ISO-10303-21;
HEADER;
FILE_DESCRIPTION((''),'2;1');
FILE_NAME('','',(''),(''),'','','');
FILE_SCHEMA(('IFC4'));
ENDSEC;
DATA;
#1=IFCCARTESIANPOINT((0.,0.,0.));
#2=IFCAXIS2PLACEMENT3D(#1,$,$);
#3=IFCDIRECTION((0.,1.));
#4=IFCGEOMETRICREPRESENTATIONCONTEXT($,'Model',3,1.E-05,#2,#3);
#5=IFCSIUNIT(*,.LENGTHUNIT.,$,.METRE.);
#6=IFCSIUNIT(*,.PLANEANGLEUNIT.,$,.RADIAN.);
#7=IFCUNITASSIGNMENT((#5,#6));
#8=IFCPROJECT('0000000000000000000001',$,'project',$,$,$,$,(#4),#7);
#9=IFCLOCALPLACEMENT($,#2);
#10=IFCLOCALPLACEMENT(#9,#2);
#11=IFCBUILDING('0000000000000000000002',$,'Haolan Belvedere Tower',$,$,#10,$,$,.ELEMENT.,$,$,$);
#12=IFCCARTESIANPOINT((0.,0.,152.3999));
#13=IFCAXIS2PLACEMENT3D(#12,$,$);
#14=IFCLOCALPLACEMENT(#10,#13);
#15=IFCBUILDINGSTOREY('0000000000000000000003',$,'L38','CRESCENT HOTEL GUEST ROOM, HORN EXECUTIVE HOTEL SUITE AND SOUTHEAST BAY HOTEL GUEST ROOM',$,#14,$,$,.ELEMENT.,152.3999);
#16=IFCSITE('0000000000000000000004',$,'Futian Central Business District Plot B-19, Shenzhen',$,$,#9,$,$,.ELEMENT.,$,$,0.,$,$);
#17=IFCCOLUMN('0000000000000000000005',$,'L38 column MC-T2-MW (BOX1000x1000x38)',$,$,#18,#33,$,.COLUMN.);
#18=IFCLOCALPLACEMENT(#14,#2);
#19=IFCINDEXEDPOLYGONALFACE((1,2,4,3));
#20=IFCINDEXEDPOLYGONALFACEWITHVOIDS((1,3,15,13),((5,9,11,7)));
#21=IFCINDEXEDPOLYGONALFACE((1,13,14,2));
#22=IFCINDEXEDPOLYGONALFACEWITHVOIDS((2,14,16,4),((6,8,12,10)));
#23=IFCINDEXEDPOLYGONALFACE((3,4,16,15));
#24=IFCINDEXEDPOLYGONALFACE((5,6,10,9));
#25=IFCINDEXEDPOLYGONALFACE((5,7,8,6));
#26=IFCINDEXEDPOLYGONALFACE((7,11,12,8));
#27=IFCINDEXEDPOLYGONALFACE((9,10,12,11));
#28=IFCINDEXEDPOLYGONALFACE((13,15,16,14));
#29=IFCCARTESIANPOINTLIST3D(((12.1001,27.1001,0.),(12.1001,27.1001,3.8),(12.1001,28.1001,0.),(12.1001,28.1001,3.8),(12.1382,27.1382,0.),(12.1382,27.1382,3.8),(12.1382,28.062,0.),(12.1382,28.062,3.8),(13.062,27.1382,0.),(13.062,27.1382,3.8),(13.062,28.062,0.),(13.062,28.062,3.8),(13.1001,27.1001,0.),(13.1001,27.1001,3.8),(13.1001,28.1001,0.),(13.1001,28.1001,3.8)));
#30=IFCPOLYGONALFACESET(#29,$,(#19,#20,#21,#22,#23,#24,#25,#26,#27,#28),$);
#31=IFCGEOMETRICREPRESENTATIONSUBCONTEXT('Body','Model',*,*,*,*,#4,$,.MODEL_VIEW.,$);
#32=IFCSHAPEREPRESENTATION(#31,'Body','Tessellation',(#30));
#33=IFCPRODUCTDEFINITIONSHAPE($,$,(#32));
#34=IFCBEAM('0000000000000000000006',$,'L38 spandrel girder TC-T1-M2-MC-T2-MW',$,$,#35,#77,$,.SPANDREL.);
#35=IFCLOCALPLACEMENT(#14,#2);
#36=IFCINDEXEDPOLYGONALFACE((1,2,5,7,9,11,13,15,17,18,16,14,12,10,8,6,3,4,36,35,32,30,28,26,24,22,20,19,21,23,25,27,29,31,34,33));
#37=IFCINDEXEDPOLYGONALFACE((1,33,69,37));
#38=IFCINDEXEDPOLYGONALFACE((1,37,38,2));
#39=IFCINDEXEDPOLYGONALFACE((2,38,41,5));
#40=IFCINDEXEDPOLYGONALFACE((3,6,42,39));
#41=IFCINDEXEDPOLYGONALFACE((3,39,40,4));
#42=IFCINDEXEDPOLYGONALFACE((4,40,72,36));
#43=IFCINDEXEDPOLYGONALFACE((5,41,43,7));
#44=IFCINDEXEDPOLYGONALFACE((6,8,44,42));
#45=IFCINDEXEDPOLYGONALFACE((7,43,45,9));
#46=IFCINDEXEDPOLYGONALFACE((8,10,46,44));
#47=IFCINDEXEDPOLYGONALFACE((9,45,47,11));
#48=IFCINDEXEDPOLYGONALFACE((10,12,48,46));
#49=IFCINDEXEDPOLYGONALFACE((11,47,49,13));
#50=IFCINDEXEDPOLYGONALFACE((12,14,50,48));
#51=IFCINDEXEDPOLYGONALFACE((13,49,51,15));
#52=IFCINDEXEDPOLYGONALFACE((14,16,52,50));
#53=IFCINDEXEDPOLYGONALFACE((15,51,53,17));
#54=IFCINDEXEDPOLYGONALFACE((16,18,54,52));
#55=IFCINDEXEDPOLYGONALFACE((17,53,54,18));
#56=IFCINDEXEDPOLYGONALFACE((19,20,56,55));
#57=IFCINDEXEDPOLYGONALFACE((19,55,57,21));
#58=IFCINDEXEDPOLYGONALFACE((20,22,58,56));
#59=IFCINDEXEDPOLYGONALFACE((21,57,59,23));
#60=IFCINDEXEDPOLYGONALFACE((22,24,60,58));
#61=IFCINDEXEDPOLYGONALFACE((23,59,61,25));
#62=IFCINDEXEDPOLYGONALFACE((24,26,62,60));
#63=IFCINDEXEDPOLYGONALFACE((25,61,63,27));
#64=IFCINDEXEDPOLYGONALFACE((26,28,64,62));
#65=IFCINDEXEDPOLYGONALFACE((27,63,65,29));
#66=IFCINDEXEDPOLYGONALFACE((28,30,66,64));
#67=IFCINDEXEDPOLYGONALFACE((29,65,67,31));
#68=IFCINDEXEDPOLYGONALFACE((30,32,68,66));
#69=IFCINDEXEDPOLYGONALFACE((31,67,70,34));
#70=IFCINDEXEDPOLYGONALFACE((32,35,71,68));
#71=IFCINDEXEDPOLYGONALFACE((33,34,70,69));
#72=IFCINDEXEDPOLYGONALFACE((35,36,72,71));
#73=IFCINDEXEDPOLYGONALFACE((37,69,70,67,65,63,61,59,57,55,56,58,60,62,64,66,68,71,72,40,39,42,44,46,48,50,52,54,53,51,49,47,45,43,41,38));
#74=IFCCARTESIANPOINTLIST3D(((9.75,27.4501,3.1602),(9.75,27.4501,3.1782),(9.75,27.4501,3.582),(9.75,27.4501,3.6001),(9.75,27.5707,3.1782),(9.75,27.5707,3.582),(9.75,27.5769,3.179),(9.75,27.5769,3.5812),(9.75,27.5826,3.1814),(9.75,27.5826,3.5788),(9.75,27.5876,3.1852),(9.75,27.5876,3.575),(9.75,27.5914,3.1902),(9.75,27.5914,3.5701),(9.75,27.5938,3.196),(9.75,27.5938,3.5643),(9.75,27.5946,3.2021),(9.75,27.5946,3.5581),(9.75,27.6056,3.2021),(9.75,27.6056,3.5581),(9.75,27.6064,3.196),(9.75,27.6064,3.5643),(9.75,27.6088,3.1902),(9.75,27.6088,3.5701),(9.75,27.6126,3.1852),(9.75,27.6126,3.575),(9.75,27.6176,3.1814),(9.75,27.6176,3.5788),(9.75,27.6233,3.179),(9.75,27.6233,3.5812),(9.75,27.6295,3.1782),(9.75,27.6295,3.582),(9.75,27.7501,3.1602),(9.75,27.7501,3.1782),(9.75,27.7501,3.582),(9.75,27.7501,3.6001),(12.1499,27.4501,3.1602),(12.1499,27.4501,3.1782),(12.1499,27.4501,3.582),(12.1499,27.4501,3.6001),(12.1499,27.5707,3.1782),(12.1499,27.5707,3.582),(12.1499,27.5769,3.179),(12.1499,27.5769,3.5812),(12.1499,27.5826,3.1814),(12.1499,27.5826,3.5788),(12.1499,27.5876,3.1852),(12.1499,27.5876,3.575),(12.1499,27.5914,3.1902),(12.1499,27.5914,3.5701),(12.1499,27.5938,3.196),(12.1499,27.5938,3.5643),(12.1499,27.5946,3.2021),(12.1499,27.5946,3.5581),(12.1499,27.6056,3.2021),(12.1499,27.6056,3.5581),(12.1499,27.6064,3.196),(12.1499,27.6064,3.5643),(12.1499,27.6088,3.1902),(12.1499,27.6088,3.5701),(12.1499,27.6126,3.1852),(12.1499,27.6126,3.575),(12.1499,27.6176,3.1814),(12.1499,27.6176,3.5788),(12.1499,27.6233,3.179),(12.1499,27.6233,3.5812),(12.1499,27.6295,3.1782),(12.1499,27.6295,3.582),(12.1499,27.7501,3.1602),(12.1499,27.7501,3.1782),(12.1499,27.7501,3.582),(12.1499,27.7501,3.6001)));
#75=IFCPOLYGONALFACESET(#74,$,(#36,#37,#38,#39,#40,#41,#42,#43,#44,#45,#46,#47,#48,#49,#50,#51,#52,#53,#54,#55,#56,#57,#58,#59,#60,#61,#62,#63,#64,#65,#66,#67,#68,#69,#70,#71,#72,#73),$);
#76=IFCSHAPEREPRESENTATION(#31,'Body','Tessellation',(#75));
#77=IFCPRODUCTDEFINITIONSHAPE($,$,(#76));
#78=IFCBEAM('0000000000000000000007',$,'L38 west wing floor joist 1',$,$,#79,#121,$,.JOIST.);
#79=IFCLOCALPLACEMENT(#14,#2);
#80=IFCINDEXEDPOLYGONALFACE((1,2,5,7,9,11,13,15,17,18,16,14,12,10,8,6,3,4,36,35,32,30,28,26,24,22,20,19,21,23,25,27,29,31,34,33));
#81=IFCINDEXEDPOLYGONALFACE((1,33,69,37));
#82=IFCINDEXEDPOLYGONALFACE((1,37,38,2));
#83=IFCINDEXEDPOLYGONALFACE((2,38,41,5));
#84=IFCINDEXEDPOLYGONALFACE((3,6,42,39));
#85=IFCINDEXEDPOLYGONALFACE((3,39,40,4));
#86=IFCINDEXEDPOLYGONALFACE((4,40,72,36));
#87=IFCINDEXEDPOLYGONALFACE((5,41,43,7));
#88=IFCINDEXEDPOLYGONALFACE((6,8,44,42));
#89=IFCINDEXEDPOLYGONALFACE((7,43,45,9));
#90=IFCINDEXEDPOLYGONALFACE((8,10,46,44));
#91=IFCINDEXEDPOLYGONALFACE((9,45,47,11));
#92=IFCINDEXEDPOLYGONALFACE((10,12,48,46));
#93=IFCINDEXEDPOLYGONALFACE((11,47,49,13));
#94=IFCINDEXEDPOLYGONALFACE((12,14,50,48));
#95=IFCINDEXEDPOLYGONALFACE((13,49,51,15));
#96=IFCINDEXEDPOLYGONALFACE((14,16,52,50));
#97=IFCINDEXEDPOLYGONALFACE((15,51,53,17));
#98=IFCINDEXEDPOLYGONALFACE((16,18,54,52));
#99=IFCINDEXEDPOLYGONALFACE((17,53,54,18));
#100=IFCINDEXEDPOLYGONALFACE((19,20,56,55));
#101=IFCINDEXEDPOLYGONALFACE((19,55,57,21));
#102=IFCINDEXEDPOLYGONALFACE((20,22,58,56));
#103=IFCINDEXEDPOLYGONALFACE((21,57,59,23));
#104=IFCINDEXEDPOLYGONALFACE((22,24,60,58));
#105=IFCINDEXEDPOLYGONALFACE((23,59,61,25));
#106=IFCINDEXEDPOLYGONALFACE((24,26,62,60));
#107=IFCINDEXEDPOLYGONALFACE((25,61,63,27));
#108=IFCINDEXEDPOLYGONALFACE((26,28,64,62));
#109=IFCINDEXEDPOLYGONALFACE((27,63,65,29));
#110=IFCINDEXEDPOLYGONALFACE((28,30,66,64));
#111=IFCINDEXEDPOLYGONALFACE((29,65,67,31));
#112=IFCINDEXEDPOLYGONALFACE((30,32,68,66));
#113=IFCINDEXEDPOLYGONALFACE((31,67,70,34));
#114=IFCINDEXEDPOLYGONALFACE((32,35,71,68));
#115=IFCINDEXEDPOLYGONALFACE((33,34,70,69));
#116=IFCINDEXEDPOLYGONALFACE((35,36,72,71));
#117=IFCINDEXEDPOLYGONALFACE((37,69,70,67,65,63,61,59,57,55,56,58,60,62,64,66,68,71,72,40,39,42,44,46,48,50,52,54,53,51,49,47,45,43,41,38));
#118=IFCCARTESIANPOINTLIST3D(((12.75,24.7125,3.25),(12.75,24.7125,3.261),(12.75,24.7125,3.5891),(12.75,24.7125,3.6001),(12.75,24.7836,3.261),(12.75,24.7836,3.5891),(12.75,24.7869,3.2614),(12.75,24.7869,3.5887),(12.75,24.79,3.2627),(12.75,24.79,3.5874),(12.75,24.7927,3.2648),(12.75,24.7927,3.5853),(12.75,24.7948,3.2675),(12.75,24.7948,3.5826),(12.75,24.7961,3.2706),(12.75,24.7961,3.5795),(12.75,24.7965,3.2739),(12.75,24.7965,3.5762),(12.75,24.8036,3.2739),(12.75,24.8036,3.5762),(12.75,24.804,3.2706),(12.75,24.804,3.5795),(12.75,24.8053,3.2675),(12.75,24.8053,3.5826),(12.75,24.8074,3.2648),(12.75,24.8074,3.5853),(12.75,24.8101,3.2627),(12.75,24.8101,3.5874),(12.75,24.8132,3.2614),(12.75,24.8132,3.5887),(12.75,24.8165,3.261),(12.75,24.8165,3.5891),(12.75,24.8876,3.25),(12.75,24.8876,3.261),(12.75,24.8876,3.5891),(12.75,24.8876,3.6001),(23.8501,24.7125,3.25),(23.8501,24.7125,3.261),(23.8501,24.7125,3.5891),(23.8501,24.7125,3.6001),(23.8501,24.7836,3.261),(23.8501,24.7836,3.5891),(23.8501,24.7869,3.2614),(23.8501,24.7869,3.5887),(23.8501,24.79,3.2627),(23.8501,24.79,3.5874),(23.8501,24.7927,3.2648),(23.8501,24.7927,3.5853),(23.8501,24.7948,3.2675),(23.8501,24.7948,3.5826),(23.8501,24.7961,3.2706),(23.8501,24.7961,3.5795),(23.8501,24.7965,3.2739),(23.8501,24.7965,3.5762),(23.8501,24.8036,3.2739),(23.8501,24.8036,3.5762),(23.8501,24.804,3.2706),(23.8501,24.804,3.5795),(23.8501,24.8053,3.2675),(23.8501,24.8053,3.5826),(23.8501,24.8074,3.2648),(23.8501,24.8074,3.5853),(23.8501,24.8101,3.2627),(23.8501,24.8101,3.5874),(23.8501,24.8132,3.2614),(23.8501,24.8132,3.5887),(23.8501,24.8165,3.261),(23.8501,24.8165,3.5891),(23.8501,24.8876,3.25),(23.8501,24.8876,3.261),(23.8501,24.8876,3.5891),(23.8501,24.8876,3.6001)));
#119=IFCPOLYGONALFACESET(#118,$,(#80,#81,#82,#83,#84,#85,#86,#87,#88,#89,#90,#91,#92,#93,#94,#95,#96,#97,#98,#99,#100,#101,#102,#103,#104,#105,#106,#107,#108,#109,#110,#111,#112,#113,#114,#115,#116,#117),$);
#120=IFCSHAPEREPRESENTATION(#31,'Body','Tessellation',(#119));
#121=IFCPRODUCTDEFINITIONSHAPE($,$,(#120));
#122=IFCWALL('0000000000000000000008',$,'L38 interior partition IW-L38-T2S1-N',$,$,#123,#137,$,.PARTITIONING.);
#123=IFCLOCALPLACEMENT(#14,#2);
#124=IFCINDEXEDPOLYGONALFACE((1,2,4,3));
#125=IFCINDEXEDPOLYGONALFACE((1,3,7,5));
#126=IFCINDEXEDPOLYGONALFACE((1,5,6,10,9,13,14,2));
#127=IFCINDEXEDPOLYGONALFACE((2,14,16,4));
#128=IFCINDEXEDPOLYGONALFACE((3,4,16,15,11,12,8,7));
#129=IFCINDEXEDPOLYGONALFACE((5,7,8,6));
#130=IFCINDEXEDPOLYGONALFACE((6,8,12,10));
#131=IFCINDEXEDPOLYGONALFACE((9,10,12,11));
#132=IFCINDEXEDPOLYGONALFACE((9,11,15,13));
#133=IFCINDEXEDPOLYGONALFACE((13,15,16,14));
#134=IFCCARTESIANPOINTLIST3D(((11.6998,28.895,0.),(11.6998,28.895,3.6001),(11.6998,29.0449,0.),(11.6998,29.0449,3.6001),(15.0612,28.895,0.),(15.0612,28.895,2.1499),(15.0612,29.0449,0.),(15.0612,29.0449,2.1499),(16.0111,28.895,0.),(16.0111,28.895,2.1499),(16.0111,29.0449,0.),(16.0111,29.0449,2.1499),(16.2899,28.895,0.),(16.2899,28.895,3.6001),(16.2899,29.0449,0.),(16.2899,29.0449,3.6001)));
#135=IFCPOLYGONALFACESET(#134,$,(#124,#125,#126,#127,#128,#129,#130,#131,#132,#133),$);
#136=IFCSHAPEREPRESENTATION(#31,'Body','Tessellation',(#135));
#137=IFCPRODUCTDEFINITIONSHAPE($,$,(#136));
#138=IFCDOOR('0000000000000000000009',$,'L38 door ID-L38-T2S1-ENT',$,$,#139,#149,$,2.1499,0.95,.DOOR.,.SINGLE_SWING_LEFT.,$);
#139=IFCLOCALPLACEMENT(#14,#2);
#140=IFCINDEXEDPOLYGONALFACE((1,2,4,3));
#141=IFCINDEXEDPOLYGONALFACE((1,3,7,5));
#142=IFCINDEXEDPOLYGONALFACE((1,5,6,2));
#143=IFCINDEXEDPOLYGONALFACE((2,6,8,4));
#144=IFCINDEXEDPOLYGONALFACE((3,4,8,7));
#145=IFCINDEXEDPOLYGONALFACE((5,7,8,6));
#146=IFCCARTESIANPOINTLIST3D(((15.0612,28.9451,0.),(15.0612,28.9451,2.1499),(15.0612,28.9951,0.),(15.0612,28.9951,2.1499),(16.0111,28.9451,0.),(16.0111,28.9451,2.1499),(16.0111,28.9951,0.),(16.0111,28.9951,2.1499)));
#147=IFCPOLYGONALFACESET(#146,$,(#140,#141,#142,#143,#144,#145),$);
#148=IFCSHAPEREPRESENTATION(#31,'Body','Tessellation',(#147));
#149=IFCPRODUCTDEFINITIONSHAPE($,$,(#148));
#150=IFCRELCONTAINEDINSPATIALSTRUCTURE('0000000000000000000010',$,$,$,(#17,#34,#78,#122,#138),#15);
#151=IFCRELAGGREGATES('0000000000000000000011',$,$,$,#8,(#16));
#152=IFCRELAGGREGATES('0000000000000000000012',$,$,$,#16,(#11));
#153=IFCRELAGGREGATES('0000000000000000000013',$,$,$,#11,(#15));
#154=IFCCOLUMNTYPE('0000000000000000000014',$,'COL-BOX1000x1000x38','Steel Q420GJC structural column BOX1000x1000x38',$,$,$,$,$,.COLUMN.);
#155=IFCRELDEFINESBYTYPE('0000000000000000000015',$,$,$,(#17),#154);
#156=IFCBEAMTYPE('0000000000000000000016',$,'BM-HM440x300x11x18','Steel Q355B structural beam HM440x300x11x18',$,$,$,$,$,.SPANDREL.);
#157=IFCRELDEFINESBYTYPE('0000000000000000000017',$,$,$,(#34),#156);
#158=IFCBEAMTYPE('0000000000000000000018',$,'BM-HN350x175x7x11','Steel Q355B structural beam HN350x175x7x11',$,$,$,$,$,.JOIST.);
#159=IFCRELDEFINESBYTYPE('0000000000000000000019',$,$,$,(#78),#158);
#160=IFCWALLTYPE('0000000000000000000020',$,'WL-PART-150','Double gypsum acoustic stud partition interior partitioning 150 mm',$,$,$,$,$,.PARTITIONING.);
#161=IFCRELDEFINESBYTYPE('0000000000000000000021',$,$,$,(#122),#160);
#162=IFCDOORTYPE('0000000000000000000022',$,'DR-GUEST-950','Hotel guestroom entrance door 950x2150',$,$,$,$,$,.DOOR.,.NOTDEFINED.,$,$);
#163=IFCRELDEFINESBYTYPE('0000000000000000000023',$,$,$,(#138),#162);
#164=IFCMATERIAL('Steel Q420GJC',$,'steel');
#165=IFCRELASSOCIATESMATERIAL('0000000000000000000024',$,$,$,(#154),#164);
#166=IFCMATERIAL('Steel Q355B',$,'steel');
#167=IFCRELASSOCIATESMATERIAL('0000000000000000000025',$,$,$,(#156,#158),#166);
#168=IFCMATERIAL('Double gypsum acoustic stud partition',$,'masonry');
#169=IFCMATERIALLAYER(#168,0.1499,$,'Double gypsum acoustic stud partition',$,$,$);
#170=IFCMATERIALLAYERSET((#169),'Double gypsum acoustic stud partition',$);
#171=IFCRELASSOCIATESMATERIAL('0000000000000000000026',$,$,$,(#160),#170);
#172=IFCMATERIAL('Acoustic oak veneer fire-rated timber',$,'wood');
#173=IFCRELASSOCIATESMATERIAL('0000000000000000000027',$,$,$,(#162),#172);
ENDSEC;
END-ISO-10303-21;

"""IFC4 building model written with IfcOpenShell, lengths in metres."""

from ifc_helpers import new_model, si_unit, direction, frame, frame_2d, origin, origin_2d, place, context, subcontext, project, spatial, rectangle, hollow_rectangle, i_section, extrude, material, layer, layer_set, material_profile, profile_set, type_object, element, fill, save


model = new_model("IFC4")

# Units and contexts
model_context = context("Model", 3, precision=1e-05, world=origin(), true_north=direction((0.0, 1.0)))
body_context = subcontext(model_context, "Body", "Model", "MODEL_VIEW")
ifc_project = project(units=[si_unit("LENGTHUNIT", "METRE"), si_unit("PLANEANGLEUNIT", "RADIAN")], contexts=[model_context])

# Site, building, storey
site_placement = place(None, origin())
site = spatial("IfcSite", under=ifc_project, at=site_placement, Name="Futian Central Business District Plot B-19, Shenzhen", CompositionType="ELEMENT", RefElevation=0.0)
building_placement = place(site_placement, origin())
building = spatial("IfcBuilding", under=site, at=building_placement, Name="Haolan Belvedere Tower", CompositionType="ELEMENT")
storey_placement = place(building_placement, frame((0.0, 0.0, 152.3999)))
storey = spatial("IfcBuildingStorey", under=building, at=storey_placement, Name="L38", Description="CRESCENT HOTEL GUEST ROOM, HORN EXECUTIVE HOTEL SUITE AND SOUTHEAST BAY HOTEL GUEST ROOM", CompositionType="ELEMENT", Elevation=152.3999)

# Column
ifc_material_1 = material(Name="Steel Q420GJC", Category="steel")
ifc_material_profile_1 = material_profile(ifc_material_1, hollow_rectangle(XDim=1.0, YDim=1.0, WallThickness=0.0381, at=origin_2d()), Name="Steel Q420GJC")
ifc_profile_set_1 = profile_set([ifc_material_profile_1], Name="Steel Q420GJC")
column_type = type_object("IfcColumnType", Name="COL-BOX1000x1000x38", Description="Steel Q420GJC structural column BOX1000x1000x38", PredefinedType="COLUMN", material=ifc_profile_set_1)
column_placement = place(storey_placement, frame((12.6001, 27.6001, 0.0), z_axis=(0.0, 0.0, 1.0), x_axis=(1.0, 0.0, 0.0)))
element("IfcColumn", 1, at=column_placement, inside=storey, type_object=column_type, Name="L38 column MC-T2-MW (BOX1000x1000x38)", PredefinedType="COLUMN", context=body_context, shape_type="SweptSolid", body=[
    extrude(hollow_rectangle(XDim=1.0, YDim=1.0, WallThickness=0.0381, at=origin_2d()), origin(), (0.0, 0.0, 1.0), 3.8),
])

# Beams
ifc_material_2 = material(Name="Steel Q355B", Category="steel")
ifc_material_profile_2 = material_profile(ifc_material_2, i_section(OverallWidth=0.3, OverallDepth=0.4399, WebThickness=0.011, FlangeThickness=0.0181, FilletRadius=0.0239, at=origin_2d()), Name="Steel Q355B")
ifc_profile_set_2 = profile_set([ifc_material_profile_2], Name="Steel Q355B")
beam_type_1 = type_object("IfcBeamType", Name="BM-HM440x300x11x18", Description="Steel Q355B structural beam HM440x300x11x18", PredefinedType="SPANDREL", material=ifc_profile_set_2)
beam_1_placement = place(storey_placement, frame((9.75, 27.6001, 3.3801), z_axis=(1.0, 0.0, 0.0), x_axis=(0.0, 1.0, 0.0)))
element("IfcBeam", 2, at=beam_1_placement, inside=storey, type_object=beam_type_1, Name="L38 spandrel girder TC-T1-M2-MC-T2-MW", PredefinedType="SPANDREL", context=body_context, shape_type="SweptSolid", body=[
    extrude(i_section(OverallWidth=0.3, OverallDepth=0.4399, WebThickness=0.011, FlangeThickness=0.0181, FilletRadius=0.0239, at=origin_2d()), origin(), (0.0, 0.0, 1.0), 2.3999),
])
ifc_material_profile_3 = material_profile(ifc_material_2, i_section(OverallWidth=0.175, OverallDepth=0.3501, WebThickness=0.0071, FlangeThickness=0.011, FilletRadius=0.0129, at=origin_2d()), Name="Steel Q355B")
ifc_profile_set_3 = profile_set([ifc_material_profile_3], Name="Steel Q355B")
beam_type_2 = type_object("IfcBeamType", Name="BM-HN350x175x7x11", Description="Steel Q355B structural beam HN350x175x7x11", PredefinedType="JOIST", material=ifc_profile_set_3)
beam_2_placement = place(storey_placement, frame((12.75, 24.8, 3.425), z_axis=(1.0, 0.0, 0.0), x_axis=(0.0, 1.0, 0.0)))
element("IfcBeam", 3, at=beam_2_placement, inside=storey, type_object=beam_type_2, Name="L38 west wing floor joist 1", PredefinedType="JOIST", context=body_context, shape_type="SweptSolid", body=[
    extrude(i_section(OverallWidth=0.175, OverallDepth=0.3501, WebThickness=0.0071, FlangeThickness=0.011, FilletRadius=0.0129, at=origin_2d()), origin(), (0.0, 0.0, 1.0), 11.1001),
])

# Wall, opening, door
ifc_material_3 = material(Name="Double gypsum acoustic stud partition", Category="masonry")
ifc_layer_1 = layer(ifc_material_3, 0.1499, Name="Double gypsum acoustic stud partition")
ifc_layer_set_1 = layer_set([ifc_layer_1], Name="Double gypsum acoustic stud partition")
wall_type_1 = type_object("IfcWallType", Name="WL-PART-150", Description="Double gypsum acoustic stud partition interior partitioning 150 mm", PredefinedType="PARTITIONING", material=ifc_layer_set_1)
wall_1_placement = place(storey_placement, frame((11.7, 28.97, 0.0), z_axis=(0.0, 0.0, 1.0), x_axis=(1.0, 0.0, 0.0)))
wall_1 = element("IfcWall", 4, at=wall_1_placement, inside=storey, type_object=wall_type_1, Name="L38 interior partition IW-L38-T2S1-N", PredefinedType="PARTITIONING", context=body_context, shape_type="SweptSolid", body=[
    extrude(rectangle(XDim=4.5901, YDim=0.1499, at=frame_2d((2.2949, 0.0))), origin(), (0.0, 0.0, 1.0), 3.6001),
])
opening_1_placement = place(wall_1_placement, frame((4.3113, 0.0, 0.0), z_axis=(0.0, 0.0, 1.0), x_axis=(-1.0, 0.0, 0.0)))
opening_1 = element("IfcOpeningElement", 5, at=opening_1_placement, cuts=wall_1, PredefinedType="OPENING", context=body_context, shape_type="SweptSolid", body=[
    extrude(rectangle(XDim=0.95, YDim=2.1499, at=frame_2d((0.4751, 1.075))), frame((0.0, 0.085, 0.0), z_axis=(0.0, -1.0, 0.0), x_axis=(1.0, 0.0, 0.0)), (0.0, 0.0, 1.0), 0.1699),
])
ifc_material_4 = material(Name="Acoustic oak veneer fire-rated timber", Category="wood")
door_type_1 = type_object("IfcDoorType", Name="DR-GUEST-950", Description="Hotel guestroom entrance door 950x2150", OperationType="NOTDEFINED", PredefinedType="DOOR", material=ifc_material_4)
door_1_placement = place(opening_1_placement, origin())
door_1 = element("IfcDoor", 6, at=door_1_placement, inside=storey, type_object=door_type_1, Name="L38 door ID-L38-T2S1-ENT", OperationType="SINGLE_SWING_LEFT", OverallHeight=2.1499, OverallWidth=0.95, PredefinedType="DOOR", context=body_context, shape_type="SweptSolid", body=[
    extrude(rectangle(XDim=0.95, YDim=2.1499, at=frame_2d((0.4751, 1.075))), frame((0.0, 0.0249, 0.0), z_axis=(0.0, -1.0, 0.0), x_axis=(1.0, 0.0, 0.0)), (0.0, 0.0, 1.0), 0.05),
])
fill(opening_1, door_1)

save(model, "model.ifc")
